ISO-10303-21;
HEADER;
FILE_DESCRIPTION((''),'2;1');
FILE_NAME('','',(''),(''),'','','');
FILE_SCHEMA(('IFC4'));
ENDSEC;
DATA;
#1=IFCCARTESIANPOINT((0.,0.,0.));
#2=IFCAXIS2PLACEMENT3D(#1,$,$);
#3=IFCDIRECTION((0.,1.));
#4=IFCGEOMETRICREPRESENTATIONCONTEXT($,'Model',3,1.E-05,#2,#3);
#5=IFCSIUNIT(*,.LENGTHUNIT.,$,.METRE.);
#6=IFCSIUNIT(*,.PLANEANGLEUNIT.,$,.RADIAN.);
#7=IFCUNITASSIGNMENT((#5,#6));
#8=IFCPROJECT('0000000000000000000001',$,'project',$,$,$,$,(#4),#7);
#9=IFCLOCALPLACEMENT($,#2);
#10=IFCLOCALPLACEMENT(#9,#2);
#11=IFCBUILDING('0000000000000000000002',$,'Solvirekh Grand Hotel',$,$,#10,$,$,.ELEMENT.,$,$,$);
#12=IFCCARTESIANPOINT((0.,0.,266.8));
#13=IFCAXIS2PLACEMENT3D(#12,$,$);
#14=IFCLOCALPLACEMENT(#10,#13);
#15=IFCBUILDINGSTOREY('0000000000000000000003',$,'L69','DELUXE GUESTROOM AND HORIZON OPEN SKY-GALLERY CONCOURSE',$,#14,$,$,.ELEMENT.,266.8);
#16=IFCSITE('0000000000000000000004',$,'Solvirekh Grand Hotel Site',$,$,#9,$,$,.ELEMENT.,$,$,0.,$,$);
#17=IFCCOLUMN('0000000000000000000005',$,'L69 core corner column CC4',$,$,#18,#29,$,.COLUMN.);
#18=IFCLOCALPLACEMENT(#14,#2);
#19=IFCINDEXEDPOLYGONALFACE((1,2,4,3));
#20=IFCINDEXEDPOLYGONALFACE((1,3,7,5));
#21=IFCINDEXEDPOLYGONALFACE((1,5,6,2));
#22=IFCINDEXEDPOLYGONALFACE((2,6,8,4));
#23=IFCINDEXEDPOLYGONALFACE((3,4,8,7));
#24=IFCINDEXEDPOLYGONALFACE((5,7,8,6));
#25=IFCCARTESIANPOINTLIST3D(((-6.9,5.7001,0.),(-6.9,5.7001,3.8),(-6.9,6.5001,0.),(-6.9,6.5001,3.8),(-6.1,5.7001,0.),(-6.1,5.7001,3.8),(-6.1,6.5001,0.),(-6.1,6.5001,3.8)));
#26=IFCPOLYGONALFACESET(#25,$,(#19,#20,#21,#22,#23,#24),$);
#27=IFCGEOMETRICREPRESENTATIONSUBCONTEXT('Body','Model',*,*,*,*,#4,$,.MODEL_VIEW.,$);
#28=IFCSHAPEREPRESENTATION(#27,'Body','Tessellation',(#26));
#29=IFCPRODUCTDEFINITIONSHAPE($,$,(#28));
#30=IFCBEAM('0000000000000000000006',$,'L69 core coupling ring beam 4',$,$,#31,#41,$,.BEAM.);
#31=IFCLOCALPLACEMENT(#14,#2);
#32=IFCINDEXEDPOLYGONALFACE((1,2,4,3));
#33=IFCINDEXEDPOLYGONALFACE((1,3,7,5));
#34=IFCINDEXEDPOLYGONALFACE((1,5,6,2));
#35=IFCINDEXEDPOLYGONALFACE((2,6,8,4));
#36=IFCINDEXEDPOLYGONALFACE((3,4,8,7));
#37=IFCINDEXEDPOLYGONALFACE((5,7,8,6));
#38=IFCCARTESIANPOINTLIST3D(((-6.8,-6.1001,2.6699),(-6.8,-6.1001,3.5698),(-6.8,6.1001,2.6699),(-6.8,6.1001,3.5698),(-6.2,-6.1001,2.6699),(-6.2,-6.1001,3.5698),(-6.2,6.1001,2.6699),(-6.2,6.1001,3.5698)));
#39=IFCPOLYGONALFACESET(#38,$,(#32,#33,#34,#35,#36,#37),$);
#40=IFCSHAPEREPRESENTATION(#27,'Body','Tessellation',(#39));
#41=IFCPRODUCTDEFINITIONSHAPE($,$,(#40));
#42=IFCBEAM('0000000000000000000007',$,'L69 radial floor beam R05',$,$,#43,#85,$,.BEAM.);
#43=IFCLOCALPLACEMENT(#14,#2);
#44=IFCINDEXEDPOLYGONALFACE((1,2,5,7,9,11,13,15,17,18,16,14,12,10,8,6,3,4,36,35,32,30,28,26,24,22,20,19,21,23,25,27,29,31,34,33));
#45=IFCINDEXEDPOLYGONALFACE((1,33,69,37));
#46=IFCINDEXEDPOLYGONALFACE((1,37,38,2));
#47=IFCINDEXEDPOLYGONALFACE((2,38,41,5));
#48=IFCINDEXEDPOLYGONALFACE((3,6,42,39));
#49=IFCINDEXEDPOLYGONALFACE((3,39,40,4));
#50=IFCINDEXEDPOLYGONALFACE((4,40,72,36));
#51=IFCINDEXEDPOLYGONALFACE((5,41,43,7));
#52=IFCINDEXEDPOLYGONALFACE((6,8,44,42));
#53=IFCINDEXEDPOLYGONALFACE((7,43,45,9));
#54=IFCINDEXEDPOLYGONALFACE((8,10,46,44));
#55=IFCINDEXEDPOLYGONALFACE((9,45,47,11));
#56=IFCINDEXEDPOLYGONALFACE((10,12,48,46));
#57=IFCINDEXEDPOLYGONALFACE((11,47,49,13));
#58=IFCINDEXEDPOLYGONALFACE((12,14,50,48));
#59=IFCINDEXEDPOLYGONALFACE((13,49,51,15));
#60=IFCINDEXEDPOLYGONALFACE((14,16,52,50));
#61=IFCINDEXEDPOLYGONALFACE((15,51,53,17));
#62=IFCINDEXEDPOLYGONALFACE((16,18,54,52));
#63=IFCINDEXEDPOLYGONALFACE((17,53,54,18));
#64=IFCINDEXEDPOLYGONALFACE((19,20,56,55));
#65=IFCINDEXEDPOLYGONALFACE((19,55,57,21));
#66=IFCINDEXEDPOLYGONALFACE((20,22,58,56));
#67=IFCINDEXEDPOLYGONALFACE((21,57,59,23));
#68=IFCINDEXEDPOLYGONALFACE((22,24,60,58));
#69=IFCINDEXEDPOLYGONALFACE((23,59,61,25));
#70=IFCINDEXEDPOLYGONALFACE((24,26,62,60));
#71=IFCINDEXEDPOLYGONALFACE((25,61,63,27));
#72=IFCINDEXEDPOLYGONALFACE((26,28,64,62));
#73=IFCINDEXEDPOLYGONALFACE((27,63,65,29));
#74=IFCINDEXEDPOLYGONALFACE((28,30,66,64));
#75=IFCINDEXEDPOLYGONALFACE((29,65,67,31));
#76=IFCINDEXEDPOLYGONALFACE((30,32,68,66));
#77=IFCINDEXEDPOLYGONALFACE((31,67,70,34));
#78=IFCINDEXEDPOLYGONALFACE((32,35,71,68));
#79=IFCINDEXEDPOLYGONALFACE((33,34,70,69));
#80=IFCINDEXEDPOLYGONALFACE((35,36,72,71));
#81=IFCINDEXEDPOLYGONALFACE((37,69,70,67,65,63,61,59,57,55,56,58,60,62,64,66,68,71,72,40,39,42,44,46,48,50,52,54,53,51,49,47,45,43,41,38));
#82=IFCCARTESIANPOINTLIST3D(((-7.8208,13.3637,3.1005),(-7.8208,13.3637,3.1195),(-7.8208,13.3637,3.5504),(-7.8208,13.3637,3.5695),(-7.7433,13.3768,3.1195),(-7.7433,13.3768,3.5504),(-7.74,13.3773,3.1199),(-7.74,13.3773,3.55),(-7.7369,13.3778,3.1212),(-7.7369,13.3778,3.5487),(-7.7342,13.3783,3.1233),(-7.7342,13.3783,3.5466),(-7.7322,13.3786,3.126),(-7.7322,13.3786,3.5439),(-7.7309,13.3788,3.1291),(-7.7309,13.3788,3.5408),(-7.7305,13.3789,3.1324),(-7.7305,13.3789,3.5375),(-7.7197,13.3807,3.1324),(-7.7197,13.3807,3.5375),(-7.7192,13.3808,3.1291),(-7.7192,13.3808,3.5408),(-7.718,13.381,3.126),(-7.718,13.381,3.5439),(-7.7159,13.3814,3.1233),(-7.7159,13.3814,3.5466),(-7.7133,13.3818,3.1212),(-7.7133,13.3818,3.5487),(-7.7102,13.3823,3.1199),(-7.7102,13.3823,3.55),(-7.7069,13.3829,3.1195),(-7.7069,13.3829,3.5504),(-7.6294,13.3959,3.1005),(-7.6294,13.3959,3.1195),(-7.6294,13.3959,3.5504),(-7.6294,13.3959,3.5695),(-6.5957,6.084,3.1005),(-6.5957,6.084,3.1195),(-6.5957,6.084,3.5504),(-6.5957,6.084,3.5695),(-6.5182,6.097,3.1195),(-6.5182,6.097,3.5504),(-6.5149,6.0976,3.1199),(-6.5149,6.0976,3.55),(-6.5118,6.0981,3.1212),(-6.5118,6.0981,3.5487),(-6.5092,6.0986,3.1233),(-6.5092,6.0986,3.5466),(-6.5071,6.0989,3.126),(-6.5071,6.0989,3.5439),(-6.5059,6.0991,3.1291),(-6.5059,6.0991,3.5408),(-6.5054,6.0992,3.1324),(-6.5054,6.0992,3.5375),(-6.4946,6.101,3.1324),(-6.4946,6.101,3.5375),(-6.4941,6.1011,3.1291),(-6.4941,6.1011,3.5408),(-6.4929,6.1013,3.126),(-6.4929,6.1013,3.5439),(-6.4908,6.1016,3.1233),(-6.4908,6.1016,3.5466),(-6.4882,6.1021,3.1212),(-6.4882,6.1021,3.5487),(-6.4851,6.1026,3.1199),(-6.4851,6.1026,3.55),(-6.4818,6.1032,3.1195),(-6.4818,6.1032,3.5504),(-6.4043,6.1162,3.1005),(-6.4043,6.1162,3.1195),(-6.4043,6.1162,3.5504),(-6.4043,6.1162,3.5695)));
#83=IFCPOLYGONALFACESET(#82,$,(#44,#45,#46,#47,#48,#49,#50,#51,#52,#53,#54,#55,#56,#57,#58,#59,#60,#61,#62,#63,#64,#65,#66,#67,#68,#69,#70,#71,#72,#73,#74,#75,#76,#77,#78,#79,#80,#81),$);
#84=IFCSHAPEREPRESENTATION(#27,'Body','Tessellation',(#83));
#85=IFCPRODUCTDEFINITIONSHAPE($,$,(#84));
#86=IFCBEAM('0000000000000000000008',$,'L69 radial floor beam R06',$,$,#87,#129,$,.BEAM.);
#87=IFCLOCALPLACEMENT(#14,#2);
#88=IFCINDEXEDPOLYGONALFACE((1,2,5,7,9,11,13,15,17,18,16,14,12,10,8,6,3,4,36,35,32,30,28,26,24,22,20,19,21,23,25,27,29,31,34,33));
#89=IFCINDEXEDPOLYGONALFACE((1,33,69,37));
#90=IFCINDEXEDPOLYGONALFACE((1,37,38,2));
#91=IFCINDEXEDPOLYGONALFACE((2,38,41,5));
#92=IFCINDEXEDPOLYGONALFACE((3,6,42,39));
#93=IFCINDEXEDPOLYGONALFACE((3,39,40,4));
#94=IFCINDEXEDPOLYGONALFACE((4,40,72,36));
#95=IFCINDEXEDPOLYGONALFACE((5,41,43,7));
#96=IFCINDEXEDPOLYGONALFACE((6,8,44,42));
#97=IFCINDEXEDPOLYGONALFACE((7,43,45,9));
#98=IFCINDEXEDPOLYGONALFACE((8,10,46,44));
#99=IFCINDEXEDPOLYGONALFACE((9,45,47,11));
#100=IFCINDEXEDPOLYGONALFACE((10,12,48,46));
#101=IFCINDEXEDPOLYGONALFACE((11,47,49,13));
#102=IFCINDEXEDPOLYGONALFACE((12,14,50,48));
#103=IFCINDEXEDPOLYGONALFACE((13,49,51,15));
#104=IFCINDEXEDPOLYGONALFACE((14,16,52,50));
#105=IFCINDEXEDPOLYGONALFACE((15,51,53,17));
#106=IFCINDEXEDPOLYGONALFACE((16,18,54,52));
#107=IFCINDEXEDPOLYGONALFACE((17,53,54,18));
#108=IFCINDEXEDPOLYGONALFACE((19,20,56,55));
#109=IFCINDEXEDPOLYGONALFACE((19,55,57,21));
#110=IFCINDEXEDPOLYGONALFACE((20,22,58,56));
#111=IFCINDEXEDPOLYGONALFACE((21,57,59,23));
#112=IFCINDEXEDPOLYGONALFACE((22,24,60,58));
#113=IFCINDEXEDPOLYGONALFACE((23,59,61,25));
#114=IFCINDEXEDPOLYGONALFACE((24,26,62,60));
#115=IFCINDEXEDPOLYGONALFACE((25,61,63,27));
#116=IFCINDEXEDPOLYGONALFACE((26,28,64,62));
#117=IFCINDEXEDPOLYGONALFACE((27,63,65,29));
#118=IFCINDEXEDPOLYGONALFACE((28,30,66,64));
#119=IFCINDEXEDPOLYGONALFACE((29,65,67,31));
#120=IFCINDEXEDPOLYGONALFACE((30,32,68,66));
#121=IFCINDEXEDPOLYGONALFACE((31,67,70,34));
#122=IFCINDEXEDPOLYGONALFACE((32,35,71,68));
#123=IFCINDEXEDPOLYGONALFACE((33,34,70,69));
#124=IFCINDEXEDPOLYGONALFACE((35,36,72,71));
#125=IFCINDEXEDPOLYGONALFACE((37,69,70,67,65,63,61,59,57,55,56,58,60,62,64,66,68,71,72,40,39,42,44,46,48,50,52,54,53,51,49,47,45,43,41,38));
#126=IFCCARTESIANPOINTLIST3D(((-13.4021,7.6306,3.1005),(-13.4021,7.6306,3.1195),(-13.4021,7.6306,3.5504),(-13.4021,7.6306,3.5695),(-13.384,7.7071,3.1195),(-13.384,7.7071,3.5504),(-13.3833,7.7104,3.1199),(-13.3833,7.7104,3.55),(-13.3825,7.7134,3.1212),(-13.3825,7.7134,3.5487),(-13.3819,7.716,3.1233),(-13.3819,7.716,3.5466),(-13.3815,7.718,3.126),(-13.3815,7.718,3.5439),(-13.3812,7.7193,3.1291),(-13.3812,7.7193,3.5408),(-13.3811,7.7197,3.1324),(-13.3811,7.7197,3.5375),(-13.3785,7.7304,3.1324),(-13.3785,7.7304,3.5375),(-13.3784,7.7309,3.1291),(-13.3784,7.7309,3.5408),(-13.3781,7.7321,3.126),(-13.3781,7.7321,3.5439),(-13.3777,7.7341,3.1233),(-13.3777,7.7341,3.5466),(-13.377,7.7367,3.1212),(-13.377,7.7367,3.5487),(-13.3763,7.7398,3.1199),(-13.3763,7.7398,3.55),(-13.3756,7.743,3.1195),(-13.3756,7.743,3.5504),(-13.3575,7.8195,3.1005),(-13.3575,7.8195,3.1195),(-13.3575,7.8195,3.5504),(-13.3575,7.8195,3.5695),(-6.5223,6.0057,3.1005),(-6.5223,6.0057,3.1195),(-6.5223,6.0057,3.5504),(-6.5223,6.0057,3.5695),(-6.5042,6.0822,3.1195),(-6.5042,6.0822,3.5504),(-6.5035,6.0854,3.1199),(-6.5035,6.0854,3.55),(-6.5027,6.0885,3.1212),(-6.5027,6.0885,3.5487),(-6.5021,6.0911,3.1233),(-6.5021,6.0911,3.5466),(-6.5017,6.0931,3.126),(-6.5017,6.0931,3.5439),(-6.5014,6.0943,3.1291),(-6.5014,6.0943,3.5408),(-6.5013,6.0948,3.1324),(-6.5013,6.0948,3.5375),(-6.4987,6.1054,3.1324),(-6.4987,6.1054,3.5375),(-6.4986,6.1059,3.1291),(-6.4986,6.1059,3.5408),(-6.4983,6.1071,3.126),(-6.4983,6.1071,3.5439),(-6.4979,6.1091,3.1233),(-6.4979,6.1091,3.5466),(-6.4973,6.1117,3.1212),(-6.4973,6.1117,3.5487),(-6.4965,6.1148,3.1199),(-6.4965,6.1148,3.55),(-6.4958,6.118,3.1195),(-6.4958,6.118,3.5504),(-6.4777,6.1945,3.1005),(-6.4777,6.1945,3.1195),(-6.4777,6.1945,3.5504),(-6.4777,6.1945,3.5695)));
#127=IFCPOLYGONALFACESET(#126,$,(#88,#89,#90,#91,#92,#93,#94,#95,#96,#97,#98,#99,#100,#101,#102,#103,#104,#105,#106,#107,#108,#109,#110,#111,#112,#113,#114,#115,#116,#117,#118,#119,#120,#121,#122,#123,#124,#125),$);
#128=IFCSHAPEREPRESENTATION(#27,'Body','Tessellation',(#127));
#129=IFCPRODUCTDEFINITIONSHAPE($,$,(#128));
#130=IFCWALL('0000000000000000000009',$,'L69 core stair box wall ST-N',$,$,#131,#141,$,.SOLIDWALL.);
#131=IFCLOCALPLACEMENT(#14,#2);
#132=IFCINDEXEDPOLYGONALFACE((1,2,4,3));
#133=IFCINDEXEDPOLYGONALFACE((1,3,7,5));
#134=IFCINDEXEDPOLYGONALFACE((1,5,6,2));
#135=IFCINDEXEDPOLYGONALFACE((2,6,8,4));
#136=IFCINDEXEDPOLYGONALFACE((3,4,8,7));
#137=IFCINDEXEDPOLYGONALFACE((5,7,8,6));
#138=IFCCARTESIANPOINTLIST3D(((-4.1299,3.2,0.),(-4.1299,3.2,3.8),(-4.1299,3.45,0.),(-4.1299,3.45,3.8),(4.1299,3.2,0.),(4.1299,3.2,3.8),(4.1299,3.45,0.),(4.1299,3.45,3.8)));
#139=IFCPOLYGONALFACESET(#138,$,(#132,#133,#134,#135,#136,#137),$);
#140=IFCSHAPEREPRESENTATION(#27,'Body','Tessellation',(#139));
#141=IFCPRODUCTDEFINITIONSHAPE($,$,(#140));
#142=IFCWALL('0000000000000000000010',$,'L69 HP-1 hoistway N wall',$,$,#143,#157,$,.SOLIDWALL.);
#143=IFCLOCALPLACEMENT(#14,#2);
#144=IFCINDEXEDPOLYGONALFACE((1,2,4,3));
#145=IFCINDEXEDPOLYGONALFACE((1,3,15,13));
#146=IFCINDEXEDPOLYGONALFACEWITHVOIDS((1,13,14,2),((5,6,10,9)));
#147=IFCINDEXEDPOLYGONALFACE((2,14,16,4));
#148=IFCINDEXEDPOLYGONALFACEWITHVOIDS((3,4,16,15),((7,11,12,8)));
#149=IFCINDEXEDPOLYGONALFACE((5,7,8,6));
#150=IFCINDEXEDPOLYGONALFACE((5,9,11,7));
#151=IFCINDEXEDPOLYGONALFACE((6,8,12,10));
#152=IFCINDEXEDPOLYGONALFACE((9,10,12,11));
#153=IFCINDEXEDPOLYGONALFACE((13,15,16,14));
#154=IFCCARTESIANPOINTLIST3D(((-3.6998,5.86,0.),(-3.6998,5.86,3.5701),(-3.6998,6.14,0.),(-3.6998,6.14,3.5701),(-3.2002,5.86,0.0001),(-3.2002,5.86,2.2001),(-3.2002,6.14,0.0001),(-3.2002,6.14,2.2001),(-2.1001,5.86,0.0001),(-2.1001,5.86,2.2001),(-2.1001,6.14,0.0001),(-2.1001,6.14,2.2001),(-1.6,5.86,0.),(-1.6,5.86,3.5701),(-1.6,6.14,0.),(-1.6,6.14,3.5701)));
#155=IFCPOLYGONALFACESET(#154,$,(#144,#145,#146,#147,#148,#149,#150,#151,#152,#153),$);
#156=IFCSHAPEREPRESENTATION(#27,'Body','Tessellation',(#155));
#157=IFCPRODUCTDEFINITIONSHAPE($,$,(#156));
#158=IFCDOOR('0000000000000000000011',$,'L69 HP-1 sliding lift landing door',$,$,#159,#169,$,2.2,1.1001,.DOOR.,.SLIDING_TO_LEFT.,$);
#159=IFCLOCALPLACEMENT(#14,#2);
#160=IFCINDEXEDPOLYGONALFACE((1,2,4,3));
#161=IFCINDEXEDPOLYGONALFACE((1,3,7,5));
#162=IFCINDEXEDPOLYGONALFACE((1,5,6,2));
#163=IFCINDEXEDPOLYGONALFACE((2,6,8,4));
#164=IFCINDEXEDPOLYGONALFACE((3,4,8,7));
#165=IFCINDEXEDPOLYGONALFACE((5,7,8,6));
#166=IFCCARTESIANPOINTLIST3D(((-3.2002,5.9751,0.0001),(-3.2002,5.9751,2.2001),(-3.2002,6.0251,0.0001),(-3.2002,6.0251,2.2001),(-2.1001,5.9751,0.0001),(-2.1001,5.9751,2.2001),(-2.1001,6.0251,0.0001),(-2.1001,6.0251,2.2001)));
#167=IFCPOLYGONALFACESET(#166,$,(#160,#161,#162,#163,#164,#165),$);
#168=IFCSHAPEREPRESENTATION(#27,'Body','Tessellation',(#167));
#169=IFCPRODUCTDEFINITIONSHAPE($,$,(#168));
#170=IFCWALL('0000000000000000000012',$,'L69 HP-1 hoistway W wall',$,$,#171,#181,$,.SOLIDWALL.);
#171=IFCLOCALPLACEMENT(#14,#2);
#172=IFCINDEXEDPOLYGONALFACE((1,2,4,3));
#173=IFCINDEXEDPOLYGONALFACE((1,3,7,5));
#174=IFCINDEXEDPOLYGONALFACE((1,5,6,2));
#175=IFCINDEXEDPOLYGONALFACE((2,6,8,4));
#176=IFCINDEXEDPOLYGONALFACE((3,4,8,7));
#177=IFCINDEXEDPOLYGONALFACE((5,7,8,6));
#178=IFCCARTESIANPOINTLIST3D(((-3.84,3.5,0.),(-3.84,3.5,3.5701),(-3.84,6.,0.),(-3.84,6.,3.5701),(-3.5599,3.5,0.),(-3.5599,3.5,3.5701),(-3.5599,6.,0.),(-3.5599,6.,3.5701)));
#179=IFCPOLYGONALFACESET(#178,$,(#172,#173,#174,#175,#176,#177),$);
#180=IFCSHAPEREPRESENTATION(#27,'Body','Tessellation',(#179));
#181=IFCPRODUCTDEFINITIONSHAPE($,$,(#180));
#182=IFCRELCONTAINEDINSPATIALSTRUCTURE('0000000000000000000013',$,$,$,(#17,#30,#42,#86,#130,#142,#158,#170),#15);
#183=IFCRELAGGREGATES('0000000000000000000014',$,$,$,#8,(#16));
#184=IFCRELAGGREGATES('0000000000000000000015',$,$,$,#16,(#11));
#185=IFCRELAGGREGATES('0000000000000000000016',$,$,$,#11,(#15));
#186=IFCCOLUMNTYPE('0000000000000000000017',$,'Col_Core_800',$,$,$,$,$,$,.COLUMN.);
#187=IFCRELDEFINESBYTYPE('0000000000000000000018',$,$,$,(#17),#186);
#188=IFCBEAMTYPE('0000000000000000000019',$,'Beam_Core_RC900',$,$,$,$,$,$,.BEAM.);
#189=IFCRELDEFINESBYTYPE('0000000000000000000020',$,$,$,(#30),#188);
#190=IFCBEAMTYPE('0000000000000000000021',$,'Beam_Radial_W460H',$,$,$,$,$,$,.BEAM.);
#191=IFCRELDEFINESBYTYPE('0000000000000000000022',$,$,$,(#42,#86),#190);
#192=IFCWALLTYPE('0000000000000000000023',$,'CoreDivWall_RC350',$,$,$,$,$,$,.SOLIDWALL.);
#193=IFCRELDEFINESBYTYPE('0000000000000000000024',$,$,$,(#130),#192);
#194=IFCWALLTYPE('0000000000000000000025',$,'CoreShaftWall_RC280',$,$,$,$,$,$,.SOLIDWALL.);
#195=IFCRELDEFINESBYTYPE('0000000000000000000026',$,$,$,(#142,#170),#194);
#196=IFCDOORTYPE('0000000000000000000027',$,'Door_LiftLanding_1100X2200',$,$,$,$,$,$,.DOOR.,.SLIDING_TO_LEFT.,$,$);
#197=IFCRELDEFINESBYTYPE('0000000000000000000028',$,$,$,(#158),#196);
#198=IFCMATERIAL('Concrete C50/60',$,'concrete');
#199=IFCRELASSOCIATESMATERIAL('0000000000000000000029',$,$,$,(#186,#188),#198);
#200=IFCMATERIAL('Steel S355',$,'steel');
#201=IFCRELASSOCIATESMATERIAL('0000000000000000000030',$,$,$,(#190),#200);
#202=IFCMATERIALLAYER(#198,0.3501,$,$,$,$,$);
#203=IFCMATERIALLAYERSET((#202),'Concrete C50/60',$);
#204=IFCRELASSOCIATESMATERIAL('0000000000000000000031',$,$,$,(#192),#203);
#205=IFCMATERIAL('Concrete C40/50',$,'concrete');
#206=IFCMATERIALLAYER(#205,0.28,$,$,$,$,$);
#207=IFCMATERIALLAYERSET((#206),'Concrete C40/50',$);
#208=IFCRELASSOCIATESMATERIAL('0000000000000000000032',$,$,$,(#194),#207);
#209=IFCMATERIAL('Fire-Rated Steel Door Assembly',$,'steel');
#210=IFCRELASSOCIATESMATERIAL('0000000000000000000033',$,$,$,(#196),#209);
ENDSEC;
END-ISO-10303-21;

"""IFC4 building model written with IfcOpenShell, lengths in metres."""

from ifc_helpers import new_model, si_unit, direction, frame, frame_2d, origin, origin_2d, place, context, subcontext, project, spatial, rectangle, i_section, extrude, material, layer, layer_set, material_profile, profile_set, type_object, element, fill, save


model = new_model("IFC4")

# Units and contexts
model_context = context("Model", 3, precision=1e-05, world=origin(), true_north=direction((0.0, 1.0)))
body_context = subcontext(model_context, "Body", "Model", "MODEL_VIEW")
ifc_project = project(units=[si_unit("LENGTHUNIT", "METRE"), si_unit("PLANEANGLEUNIT", "RADIAN")], contexts=[model_context])

# Site, building, storey
site_placement = place(None, origin())
site = spatial("IfcSite", under=ifc_project, at=site_placement, Name="Solvirekh Grand Hotel Site", CompositionType="ELEMENT", RefElevation=0.0)
building_placement = place(site_placement, origin())
building = spatial("IfcBuilding", under=site, at=building_placement, Name="Solvirekh Grand Hotel", CompositionType="ELEMENT")
storey_placement = place(building_placement, frame((0.0, 0.0, 266.8)))
storey = spatial("IfcBuildingStorey", under=building, at=storey_placement, Name="L69", Description="DELUXE GUESTROOM AND HORIZON OPEN SKY-GALLERY CONCOURSE", CompositionType="ELEMENT", Elevation=266.8)

# Column
ifc_material_1 = material(Name="Concrete C50/60", Category="concrete")
ifc_material_profile_1 = material_profile(ifc_material_1, rectangle(XDim=0.8, YDim=0.8, at=origin_2d()), Name="RC 800X800")
ifc_profile_set_1 = profile_set([ifc_material_profile_1], Name="Concrete C50/60")
column_type = type_object("IfcColumnType", Name="Col_Core_800", PredefinedType="COLUMN", material=ifc_profile_set_1)
column_placement = place(storey_placement, frame((-6.5, 6.1001, 0.0), z_axis=(0.0, 0.0, 1.0), x_axis=(1.0, 0.0, 0.0)))
element("IfcColumn", 1, at=column_placement, inside=storey, type_object=column_type, Name="L69 core corner column CC4", PredefinedType="COLUMN", context=body_context, shape_type="SweptSolid", body=[
    extrude(rectangle(XDim=0.8, YDim=0.8, at=origin_2d()), origin(), (0.0, 0.0, 1.0), 3.8),
])

# Beams
ifc_material_profile_2 = material_profile(ifc_material_1, rectangle(XDim=0.6001, YDim=0.8999, at=origin_2d()), Name="RC BEAM 600X900")
ifc_profile_set_2 = profile_set([ifc_material_profile_2], Name="Concrete C50/60")
beam_type_1 = type_object("IfcBeamType", Name="Beam_Core_RC900", PredefinedType="BEAM", material=ifc_profile_set_2)
beam_1_placement = place(storey_placement, frame((-6.5, 6.1001, 3.1199), z_axis=(0.0, -1.0, 0.0), x_axis=(1.0, 0.0, 0.0)))
element("IfcBeam", 2, at=beam_1_placement, inside=storey, type_object=beam_type_1, Name="L69 core coupling ring beam 4", PredefinedType="BEAM", context=body_context, shape_type="SweptSolid", body=[
    extrude(rectangle(XDim=0.6001, YDim=0.8999, at=origin_2d()), origin(), (0.0, 0.0, 1.0), 12.2002),
])
ifc_material_2 = material(Name="Steel S355", Category="steel")
ifc_material_profile_3 = material_profile(ifc_material_2, i_section(OverallWidth=0.1941, OverallDepth=0.469, WebThickness=0.011, FlangeThickness=0.019, FilletRadius=0.0129, at=origin_2d()), Name="W460X106")
ifc_profile_set_3 = profile_set([ifc_material_profile_3], Name="Steel S355")
beam_type_2 = type_object("IfcBeamType", Name="Beam_Radial_W460H", PredefinedType="BEAM", material=ifc_profile_set_3)
beam_2_placement = place(storey_placement, frame((-6.5, 6.1001, 3.335), z_axis=(-0.165954, 0.986133, 0.0), x_axis=(-0.986133, -0.165954, 0.0)))
element("IfcBeam", 3, at=beam_2_placement, inside=storey, type_object=beam_type_2, Name="L69 radial floor beam R05", PredefinedType="BEAM", context=body_context, shape_type="SweptSolid", body=[
    extrude(i_section(OverallWidth=0.1941, OverallDepth=0.469, WebThickness=0.011, FlangeThickness=0.019, FilletRadius=0.0129, at=origin_2d()), origin(), (0.0, 0.0, 1.0), 7.3821),
])
beam_3_placement = place(storey_placement, frame((-6.5, 6.1001, 3.335), z_axis=(-0.973221, 0.229871, 0.0), x_axis=(-0.229871, -0.973221, 0.0)))
element("IfcBeam", 4, at=beam_3_placement, inside=storey, type_object=beam_type_2, Name="L69 radial floor beam R06", PredefinedType="BEAM", context=body_context, shape_type="SweptSolid", body=[
    extrude(i_section(OverallWidth=0.1941, OverallDepth=0.469, WebThickness=0.011, FlangeThickness=0.019, FilletRadius=0.0129, at=origin_2d()), origin(), (0.0, 0.0, 1.0), 7.0691),
])

# Wall
ifc_layer_1 = layer(ifc_material_1, 0.3501)
ifc_layer_set_1 = layer_set([ifc_layer_1], Name="Concrete C50/60")
wall_type_1 = type_object("IfcWallType", Name="CoreDivWall_RC350", PredefinedType="SOLIDWALL", material=ifc_layer_set_1)
wall_1_placement = place(storey_placement, frame((-4.1299, 3.325, 0.0), z_axis=(0.0, 0.0, 1.0), x_axis=(1.0, 0.0, 0.0)))
element("IfcWall", 5, at=wall_1_placement, inside=storey, type_object=wall_type_1, Name="L69 core stair box wall ST-N", PredefinedType="SOLIDWALL", context=body_context, shape_type="SweptSolid", body=[
    extrude(rectangle(XDim=8.2598, YDim=0.25, at=frame_2d((4.1299, 0.0))), origin(), (0.0, 0.0, 1.0), 3.8),
])

# Wall, opening, door
ifc_material_3 = material(Name="Concrete C40/50", Category="concrete")
ifc_layer_2 = layer(ifc_material_3, 0.28)
ifc_layer_set_2 = layer_set([ifc_layer_2], Name="Concrete C40/50")
wall_type_2 = type_object("IfcWallType", Name="CoreShaftWall_RC280", PredefinedType="SOLIDWALL", material=ifc_layer_set_2)
wall_2_placement = place(storey_placement, frame((-1.6001, 6.0, 0.0), z_axis=(0.0, 0.0, 1.0), x_axis=(-1.0, 0.0, 0.0)))
wall_2 = element("IfcWall", 6, at=wall_2_placement, inside=storey, type_object=wall_type_2, Name="L69 HP-1 hoistway N wall", PredefinedType="SOLIDWALL", context=body_context, shape_type="SweptSolid", body=[
    extrude(rectangle(XDim=2.0999, YDim=0.28, at=frame_2d((1.0498, 0.0))), origin(), (0.0, 0.0, 1.0), 3.5701),
])
opening_1_placement = place(wall_2_placement, frame((0.5, 0.0, 0.0)))
opening_1 = element("IfcOpeningElement", 7, at=opening_1_placement, cuts=wall_2, PredefinedType="OPENING", context=body_context, shape_type="SweptSolid", body=[
    extrude(rectangle(XDim=1.1001, YDim=2.2, at=frame_2d((0.55, 1.1001))), frame((0.0, 0.1499, 0.0), z_axis=(0.0, -1.0, 0.0), x_axis=(1.0, 0.0, 0.0)), (0.0, 0.0, 1.0), 0.3),
])
ifc_material_4 = material(Name="Fire-Rated Steel Door Assembly", Category="steel")
door_type_1 = type_object("IfcDoorType", Name="Door_LiftLanding_1100X2200", OperationType="SLIDING_TO_LEFT", PredefinedType="DOOR", material=ifc_material_4)
door_1_placement = place(opening_1_placement, origin())
door_1 = element("IfcDoor", 8, at=door_1_placement, inside=storey, type_object=door_type_1, Name="L69 HP-1 sliding lift landing door", OperationType="SLIDING_TO_LEFT", OverallHeight=2.2, OverallWidth=1.1001, PredefinedType="DOOR", context=body_context, shape_type="SweptSolid", body=[
    extrude(rectangle(XDim=1.1001, YDim=2.2, at=frame_2d((0.55, 1.1001))), frame((0.0, 0.0249, 0.0), z_axis=(0.0, -1.0, 0.0), x_axis=(1.0, 0.0, 0.0)), (0.0, 0.0, 1.0), 0.05),
])
fill(opening_1, door_1)

# Wall
for number, where, z_axis, x_axis, name in (
    (9, (-3.7, 6.0, 0.0), (0.0, 0.0, 1.0), (0.0, -1.0, 0.0), "L69 HP-1 hoistway W wall"),
):
    element("IfcWall", number, at=place(storey_placement, frame(where, z_axis=z_axis, x_axis=x_axis)), inside=storey, type_object=wall_type_2, Name=name, PredefinedType="SOLIDWALL", context=body_context, shape_type="SweptSolid", body=[
        extrude(rectangle(XDim=2.5, YDim=0.28, at=frame_2d((1.25, 0.0))), origin(), (0.0, 0.0, 1.0), 3.5701),
    ])

save(model, "model.ifc")
